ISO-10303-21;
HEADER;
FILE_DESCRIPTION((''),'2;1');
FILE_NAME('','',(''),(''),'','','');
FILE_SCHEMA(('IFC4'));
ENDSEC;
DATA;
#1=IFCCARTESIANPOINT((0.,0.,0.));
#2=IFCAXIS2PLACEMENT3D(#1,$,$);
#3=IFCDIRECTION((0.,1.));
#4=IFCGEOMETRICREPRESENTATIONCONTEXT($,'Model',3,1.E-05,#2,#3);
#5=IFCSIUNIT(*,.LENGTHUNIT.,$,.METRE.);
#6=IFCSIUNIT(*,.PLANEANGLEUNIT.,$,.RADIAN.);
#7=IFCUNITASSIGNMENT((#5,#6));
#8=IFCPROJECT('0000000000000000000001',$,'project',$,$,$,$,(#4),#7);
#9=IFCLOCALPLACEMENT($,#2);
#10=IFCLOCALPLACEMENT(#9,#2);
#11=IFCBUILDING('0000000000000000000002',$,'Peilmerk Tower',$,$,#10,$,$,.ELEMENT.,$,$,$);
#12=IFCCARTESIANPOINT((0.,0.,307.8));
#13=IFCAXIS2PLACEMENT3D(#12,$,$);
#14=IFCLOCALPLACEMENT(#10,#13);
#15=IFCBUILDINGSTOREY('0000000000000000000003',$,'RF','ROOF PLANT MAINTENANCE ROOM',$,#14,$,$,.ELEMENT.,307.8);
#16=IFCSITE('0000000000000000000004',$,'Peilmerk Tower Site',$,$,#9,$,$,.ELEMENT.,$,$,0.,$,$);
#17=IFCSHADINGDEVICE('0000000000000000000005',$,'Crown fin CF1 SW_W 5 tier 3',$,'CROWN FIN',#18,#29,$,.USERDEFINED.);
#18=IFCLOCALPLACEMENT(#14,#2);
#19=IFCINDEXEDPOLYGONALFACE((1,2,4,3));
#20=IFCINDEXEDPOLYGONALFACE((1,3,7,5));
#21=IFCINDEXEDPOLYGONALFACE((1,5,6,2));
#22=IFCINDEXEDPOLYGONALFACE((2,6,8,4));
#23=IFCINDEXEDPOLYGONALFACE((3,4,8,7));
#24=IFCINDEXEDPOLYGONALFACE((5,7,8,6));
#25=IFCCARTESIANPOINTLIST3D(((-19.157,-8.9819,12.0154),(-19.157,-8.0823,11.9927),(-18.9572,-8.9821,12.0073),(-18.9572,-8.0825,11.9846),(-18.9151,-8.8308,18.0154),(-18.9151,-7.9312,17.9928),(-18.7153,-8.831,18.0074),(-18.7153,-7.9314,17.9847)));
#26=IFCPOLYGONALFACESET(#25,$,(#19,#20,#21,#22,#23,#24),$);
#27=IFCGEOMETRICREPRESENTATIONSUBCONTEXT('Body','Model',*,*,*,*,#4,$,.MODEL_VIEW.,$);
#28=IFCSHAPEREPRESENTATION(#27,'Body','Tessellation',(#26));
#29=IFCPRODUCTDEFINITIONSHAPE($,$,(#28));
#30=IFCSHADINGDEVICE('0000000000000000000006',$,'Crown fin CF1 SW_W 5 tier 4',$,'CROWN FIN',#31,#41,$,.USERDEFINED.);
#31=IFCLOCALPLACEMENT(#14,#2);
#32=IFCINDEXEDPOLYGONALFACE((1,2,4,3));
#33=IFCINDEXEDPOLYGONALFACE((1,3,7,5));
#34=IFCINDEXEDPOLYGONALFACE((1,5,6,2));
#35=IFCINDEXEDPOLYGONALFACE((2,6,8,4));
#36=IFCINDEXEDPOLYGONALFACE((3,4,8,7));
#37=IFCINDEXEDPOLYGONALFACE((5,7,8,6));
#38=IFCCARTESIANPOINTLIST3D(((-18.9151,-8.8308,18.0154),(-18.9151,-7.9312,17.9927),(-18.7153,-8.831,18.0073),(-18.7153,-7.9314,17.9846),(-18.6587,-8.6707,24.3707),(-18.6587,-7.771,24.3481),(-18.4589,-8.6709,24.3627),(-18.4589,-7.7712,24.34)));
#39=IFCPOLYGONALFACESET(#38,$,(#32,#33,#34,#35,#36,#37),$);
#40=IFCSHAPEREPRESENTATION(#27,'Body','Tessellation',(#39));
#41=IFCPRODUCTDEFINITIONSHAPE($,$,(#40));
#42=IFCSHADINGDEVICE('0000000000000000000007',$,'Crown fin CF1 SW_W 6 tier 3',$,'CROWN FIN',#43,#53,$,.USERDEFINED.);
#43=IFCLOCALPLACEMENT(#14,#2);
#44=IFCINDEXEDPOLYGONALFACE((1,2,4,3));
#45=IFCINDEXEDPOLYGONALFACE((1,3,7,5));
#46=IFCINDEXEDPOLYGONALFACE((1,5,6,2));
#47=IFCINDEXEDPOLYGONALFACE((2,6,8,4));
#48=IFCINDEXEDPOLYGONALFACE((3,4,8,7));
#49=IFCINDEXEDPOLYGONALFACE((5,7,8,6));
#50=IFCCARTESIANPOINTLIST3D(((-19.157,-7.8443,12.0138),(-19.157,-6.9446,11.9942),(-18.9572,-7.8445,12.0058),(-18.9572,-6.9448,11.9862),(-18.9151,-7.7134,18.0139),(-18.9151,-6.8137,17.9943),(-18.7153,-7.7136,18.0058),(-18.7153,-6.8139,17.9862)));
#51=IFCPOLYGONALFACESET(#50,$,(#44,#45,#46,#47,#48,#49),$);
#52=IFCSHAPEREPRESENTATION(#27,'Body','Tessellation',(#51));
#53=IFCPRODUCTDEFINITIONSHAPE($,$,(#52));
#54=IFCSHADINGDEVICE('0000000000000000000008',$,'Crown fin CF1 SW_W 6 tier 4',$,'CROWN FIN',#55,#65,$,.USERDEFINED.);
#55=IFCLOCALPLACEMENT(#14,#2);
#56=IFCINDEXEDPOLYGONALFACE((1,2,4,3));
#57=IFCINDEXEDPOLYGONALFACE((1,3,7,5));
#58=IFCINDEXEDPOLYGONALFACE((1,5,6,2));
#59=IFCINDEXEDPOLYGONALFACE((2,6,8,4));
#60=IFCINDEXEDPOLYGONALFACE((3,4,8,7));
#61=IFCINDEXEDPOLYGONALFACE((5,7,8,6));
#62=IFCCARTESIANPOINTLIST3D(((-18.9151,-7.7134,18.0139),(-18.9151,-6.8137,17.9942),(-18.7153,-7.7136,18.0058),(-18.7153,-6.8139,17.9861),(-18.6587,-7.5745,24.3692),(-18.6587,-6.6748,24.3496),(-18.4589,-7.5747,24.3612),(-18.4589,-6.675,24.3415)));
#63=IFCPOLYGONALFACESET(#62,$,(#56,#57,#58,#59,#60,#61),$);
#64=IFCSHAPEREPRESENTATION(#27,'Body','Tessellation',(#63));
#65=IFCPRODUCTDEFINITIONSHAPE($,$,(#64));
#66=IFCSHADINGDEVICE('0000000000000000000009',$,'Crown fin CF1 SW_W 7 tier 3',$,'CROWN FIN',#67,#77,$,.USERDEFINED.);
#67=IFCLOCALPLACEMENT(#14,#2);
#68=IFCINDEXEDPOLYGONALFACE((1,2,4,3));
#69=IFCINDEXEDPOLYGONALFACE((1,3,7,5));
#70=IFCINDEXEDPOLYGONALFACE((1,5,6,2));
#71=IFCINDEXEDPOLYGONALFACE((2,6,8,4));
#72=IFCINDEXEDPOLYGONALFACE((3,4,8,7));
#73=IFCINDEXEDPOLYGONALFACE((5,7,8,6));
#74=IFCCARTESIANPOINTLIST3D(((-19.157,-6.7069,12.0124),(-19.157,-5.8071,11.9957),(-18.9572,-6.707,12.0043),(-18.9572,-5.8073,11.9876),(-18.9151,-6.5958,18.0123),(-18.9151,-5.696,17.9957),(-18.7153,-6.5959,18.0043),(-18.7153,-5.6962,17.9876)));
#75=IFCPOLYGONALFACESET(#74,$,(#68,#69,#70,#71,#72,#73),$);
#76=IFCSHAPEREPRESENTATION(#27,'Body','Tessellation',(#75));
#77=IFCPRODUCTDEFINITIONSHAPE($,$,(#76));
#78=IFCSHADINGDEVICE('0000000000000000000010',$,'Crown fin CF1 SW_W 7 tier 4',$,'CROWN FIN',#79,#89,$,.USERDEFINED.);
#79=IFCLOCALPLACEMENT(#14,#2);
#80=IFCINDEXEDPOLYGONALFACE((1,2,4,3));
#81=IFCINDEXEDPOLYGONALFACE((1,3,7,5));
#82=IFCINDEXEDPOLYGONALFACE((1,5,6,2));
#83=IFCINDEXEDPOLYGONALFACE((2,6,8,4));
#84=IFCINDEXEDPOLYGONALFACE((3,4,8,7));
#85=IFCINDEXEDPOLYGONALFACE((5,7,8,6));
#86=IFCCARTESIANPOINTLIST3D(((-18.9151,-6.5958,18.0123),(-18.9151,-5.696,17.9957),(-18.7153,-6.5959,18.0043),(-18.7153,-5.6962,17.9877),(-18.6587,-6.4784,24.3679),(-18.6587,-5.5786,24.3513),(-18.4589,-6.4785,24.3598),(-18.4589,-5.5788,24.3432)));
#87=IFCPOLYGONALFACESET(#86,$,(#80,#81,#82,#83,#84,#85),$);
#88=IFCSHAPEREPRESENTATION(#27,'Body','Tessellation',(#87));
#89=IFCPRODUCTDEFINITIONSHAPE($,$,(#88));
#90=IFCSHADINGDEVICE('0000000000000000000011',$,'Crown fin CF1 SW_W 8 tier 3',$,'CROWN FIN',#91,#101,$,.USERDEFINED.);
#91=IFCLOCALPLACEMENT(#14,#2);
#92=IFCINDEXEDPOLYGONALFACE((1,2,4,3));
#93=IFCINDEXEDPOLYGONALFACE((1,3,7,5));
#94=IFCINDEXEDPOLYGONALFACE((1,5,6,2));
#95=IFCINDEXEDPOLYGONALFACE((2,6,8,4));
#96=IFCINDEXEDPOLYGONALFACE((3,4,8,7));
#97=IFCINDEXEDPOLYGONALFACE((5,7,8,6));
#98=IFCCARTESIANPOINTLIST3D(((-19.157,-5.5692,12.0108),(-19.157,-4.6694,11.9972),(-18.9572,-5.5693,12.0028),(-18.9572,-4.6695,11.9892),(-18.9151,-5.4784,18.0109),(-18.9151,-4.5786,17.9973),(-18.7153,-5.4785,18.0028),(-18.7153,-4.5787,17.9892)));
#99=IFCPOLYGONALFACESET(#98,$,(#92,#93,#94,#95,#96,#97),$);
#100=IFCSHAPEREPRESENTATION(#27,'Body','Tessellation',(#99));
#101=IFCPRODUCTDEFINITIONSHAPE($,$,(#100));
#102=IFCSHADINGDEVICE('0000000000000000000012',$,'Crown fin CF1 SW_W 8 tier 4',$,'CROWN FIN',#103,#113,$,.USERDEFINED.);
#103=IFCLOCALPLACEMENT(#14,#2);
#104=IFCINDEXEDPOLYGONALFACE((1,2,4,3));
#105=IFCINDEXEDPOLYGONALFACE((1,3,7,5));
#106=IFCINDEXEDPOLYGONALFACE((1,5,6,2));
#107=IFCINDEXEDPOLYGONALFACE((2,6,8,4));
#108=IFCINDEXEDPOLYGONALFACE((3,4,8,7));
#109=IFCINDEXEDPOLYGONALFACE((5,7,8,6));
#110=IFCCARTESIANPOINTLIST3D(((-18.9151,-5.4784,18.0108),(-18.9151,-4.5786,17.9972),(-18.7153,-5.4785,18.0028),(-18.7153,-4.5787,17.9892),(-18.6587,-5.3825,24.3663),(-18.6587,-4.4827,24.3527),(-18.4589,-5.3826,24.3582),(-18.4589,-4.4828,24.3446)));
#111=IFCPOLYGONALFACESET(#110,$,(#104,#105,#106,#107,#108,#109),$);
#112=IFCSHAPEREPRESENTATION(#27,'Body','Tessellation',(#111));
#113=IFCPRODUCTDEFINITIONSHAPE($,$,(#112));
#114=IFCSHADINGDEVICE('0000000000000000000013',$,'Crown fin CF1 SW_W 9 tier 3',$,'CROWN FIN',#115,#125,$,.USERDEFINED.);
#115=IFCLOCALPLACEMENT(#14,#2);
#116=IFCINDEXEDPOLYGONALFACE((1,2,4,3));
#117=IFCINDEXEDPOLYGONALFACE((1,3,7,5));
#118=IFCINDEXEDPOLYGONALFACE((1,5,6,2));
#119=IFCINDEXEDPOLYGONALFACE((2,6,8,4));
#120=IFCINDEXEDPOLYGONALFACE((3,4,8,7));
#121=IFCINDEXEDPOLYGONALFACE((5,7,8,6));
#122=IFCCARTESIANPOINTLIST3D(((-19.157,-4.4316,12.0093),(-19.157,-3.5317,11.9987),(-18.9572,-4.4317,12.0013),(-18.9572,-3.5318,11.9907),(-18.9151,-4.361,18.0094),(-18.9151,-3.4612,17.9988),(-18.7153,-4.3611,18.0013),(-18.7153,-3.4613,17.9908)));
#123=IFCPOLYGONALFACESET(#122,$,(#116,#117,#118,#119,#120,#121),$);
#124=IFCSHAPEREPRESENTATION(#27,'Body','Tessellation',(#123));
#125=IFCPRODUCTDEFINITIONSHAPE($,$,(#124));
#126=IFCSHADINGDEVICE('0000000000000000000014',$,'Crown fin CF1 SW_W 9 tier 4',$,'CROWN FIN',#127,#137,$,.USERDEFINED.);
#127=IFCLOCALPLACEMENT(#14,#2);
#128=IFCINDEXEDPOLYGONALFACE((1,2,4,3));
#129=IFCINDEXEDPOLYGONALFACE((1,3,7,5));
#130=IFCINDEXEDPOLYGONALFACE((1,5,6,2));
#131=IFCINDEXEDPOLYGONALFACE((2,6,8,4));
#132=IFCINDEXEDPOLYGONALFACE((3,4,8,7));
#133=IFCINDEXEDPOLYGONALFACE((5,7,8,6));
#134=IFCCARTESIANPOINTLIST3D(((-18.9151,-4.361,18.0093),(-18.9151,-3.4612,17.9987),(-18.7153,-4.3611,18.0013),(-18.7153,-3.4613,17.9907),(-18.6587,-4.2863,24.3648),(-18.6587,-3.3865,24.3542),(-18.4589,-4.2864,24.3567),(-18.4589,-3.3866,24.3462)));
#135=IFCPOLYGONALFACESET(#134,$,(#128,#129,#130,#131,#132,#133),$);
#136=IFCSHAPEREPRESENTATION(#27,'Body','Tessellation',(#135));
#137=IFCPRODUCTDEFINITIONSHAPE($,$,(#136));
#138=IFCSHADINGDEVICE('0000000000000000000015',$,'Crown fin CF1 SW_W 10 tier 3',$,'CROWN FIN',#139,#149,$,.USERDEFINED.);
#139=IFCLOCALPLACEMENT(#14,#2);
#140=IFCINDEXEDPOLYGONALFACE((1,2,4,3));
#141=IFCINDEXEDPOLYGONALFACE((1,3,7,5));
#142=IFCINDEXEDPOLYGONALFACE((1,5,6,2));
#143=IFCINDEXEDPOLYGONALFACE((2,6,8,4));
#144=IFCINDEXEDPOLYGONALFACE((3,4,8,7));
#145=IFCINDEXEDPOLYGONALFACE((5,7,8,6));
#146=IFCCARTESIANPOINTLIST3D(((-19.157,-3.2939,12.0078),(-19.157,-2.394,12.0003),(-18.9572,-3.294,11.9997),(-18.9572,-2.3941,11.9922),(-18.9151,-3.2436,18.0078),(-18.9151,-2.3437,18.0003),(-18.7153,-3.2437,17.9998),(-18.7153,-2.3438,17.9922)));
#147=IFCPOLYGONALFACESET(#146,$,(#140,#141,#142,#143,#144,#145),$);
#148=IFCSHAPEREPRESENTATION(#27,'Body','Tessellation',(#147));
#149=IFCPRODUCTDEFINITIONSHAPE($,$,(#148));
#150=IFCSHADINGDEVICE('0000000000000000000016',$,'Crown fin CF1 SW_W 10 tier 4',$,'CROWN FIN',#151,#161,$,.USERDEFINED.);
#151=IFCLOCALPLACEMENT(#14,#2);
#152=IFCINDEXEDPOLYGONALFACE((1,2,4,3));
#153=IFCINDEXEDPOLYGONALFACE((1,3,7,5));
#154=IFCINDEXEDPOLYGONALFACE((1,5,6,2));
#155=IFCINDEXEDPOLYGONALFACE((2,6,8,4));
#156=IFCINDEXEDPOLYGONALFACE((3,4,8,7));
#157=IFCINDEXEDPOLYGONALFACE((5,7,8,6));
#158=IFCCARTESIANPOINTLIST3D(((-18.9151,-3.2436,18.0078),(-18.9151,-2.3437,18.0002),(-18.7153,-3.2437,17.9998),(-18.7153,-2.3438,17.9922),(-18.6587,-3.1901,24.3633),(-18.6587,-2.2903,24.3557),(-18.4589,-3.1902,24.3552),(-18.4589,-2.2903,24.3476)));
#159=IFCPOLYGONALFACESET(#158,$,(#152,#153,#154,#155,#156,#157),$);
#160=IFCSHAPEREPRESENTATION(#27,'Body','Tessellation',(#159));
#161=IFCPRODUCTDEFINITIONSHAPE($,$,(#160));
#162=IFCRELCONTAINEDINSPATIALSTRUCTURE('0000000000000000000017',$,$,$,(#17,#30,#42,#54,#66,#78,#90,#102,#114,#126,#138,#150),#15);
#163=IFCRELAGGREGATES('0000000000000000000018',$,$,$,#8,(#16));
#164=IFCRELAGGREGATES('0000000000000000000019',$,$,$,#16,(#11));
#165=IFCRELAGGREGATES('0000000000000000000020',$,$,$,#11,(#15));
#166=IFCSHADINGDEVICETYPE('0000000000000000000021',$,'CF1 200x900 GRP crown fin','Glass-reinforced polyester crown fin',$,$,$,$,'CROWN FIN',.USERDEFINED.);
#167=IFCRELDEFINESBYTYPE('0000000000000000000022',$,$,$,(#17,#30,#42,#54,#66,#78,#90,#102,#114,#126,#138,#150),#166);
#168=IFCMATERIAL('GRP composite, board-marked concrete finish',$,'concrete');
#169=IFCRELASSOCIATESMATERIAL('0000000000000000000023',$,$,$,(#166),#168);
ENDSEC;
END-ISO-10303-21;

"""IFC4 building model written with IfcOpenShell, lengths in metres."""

from ifc_helpers import new_model, si_unit, direction, frame, origin, origin_2d, place, context, subcontext, project, spatial, rectangle, extrude, source, transform, mapped, material, material_profile, profile_set, type_object, element, save


model = new_model("IFC4")

# Units and contexts
model_context = context("Model", 3, precision=1e-05, world=origin(), true_north=direction((0.0, 1.0)))
body_context = subcontext(model_context, "Body", "Model", "MODEL_VIEW")
ifc_project = project(units=[si_unit("LENGTHUNIT", "METRE"), si_unit("PLANEANGLEUNIT", "RADIAN")], contexts=[model_context])

# Site, building, storey
site_placement = place(None, origin())
site = spatial("IfcSite", under=ifc_project, at=site_placement, Name="Peilmerk Tower Site", CompositionType="ELEMENT", RefElevation=0.0)
building_placement = place(site_placement, origin())
building = spatial("IfcBuilding", under=site, at=building_placement, Name="Peilmerk Tower", CompositionType="ELEMENT")
storey_placement = place(building_placement, frame((0.0, 0.0, 307.8)))
storey = spatial("IfcBuildingStorey", under=building, at=storey_placement, Name="RF", Description="ROOF PLANT MAINTENANCE ROOM", CompositionType="ELEMENT", Elevation=307.8)

# Shading devices
ifc_material_1 = material(Name="GRP composite, board-marked concrete finish", Category="concrete")
ifc_material_profile = material_profile(ifc_material_1, rectangle(XDim=0.2, YDim=0.8999, at=origin_2d()), Name="CF1 200x900")
ifc_profile_set = profile_set([ifc_material_profile], Name="GRP composite, board-marked concrete finish")
shading_device_type = type_object("IfcShadingDeviceType", Name="CF1 200x900 GRP crown fin", Description="Glass-reinforced polyester crown fin", ElementType="CROWN FIN", PredefinedType="USERDEFINED", material=ifc_profile_set)
shared_shape_1 = source(origin(), body_context, "Body", "SweptSolid", [
    extrude(rectangle(XDim=0.2, YDim=0.8999, at=origin_2d()), origin(), (0.0, 0.0, 1.0), 6.0068),
])
shading_device_1_placement = place(storey_placement, frame((-19.0571, -8.5322, 12.0), z_axis=(0.040278, 0.025159, 0.998872), x_axis=(-0.999188, 0.001014, 0.040266)))
element("IfcShadingDevice", 1, at=shading_device_1_placement, inside=storey, type_object=shading_device_type, Name="Crown fin CF1 SW_W 5 tier 3", ObjectType="CROWN FIN", PredefinedType="USERDEFINED", context=body_context, shape_type="MappedRepresentation", body=[
    mapped(shared_shape_1, transform((0.0, 0.0, 0.0), scale=1.0)),
])
shared_shape_2 = source(origin(), body_context, "Body", "SweptSolid", [
    extrude(rectangle(XDim=0.2, YDim=0.8999, at=origin_2d()), origin(), (0.0, 0.0, 1.0), 6.3625),
])
shading_device_2_placement = place(storey_placement, frame((-18.8152, -8.3811, 18.0), z_axis=(0.040289, 0.025171, 0.998871), x_axis=(-0.999188, 0.001015, 0.040277)))
element("IfcShadingDevice", 2, at=shading_device_2_placement, inside=storey, type_object=shading_device_type, Name="Crown fin CF1 SW_W 5 tier 4", ObjectType="CROWN FIN", PredefinedType="USERDEFINED", context=body_context, shape_type="MappedRepresentation", body=[
    mapped(shared_shape_2, transform((0.0, 0.0, 0.0), scale=1.0)),
])
shared_shape_3 = source(origin(), body_context, "Body", "SweptSolid", [
    extrude(rectangle(XDim=0.2, YDim=0.8999, at=origin_2d()), origin(), (0.0, 0.0, 1.0), 6.0063),
])
shading_device_3_placement = place(storey_placement, frame((-19.0571, -7.3945, 12.0), z_axis=(0.040282, 0.021787, 0.998951), x_axis=(-0.999188, 0.000878, 0.040272)))
element("IfcShadingDevice", 3, at=shading_device_3_placement, inside=storey, type_object=shading_device_type, Name="Crown fin CF1 SW_W 6 tier 3", ObjectType="CROWN FIN", PredefinedType="USERDEFINED", context=body_context, shape_type="MappedRepresentation", body=[
    mapped(shared_shape_3, transform((0.0, 0.0, 0.0), scale=1.0)),
])
shared_shape_4 = source(origin(), body_context, "Body", "SweptSolid", [
    extrude(rectangle(XDim=0.2, YDim=0.8999, at=origin_2d()), origin(), (0.0, 0.0, 1.0), 6.3621),
])
shading_device_4_placement = place(storey_placement, frame((-18.8152, -7.2637, 18.0), z_axis=(0.040293, 0.021835, 0.998949), x_axis=(-0.999188, 0.00088, 0.040283)))
element("IfcShadingDevice", 4, at=shading_device_4_placement, inside=storey, type_object=shading_device_type, Name="Crown fin CF1 SW_W 6 tier 4", ObjectType="CROWN FIN", PredefinedType="USERDEFINED", context=body_context, shape_type="MappedRepresentation", body=[
    mapped(shared_shape_4, transform((0.0, 0.0, 0.0), scale=1.0)),
])
shared_shape_5 = source(origin(), body_context, "Body", "SweptSolid", [
    extrude(rectangle(XDim=0.2, YDim=0.8999, at=origin_2d()), origin(), (0.0, 0.0, 1.0), 6.0059),
])
shading_device_5_placement = place(storey_placement, frame((-19.0571, -6.2571, 12.0), z_axis=(0.040284, 0.018496, 0.999017), x_axis=(-0.999188, 0.000746, 0.040277)))
element("IfcShadingDevice", 5, at=shading_device_5_placement, inside=storey, type_object=shading_device_type, Name="Crown fin CF1 SW_W 7 tier 3", ObjectType="CROWN FIN", PredefinedType="USERDEFINED", context=body_context, shape_type="MappedRepresentation", body=[
    mapped(shared_shape_5, transform((0.0, 0.0, 0.0), scale=1.0)),
])
shared_shape_6 = source(origin(), body_context, "Body", "SweptSolid", [
    extrude(rectangle(XDim=0.2, YDim=0.8999, at=origin_2d()), origin(), (0.0, 0.0, 1.0), 6.3618),
])
shading_device_6_placement = place(storey_placement, frame((-18.8152, -6.146, 18.0), z_axis=(0.040295, 0.018459, 0.999017), x_axis=(-0.999188, 0.000744, 0.040288)))
element("IfcShadingDevice", 6, at=shading_device_6_placement, inside=storey, type_object=shading_device_type, Name="Crown fin CF1 SW_W 7 tier 4", ObjectType="CROWN FIN", PredefinedType="USERDEFINED", context=body_context, shape_type="MappedRepresentation", body=[
    mapped(shared_shape_6, transform((0.0, 0.0, 0.0), scale=1.0)),
])
shared_shape_7 = source(origin(), body_context, "Body", "SweptSolid", [
    extrude(rectangle(XDim=0.2, YDim=0.8999, at=origin_2d()), origin(), (0.0, 0.0, 1.0), 6.0056),
])
shading_device_7_placement = place(storey_placement, frame((-19.0571, -5.1194, 12.0), z_axis=(0.040287, 0.015123, 0.999074), x_axis=(-0.999188, 0.00061, 0.040282)))
element("IfcShadingDevice", 7, at=shading_device_7_placement, inside=storey, type_object=shading_device_type, Name="Crown fin CF1 SW_W 8 tier 3", ObjectType="CROWN FIN", PredefinedType="USERDEFINED", context=body_context, shape_type="MappedRepresentation", body=[
    mapped(shared_shape_7, transform((0.0, 0.0, 0.0), scale=1.0)),
])
shared_shape_8 = source(origin(), body_context, "Body", "SweptSolid", [
    extrude(rectangle(XDim=0.2, YDim=0.8999, at=origin_2d()), origin(), (0.0, 0.0, 1.0), 6.3613),
])
shading_device_8_placement = place(storey_placement, frame((-18.8152, -5.0286, 18.0), z_axis=(0.040298, 0.015083, 0.999074), x_axis=(-0.999188, 0.000608, 0.040293)))
element("IfcShadingDevice", 8, at=shading_device_8_placement, inside=storey, type_object=shading_device_type, Name="Crown fin CF1 SW_W 8 tier 4", ObjectType="CROWN FIN", PredefinedType="USERDEFINED", context=body_context, shape_type="MappedRepresentation", body=[
    mapped(shared_shape_8, transform((0.0, 0.0, 0.0), scale=1.0)),
])
shared_shape_9 = source(origin(), body_context, "Body", "SweptSolid", [
    extrude(rectangle(XDim=0.2, YDim=0.8999, at=origin_2d()), origin(), (0.0, 0.0, 1.0), 6.0054),
])
shading_device_9_placement = place(storey_placement, frame((-19.0571, -3.9817, 12.0), z_axis=(0.040288, 0.011749, 0.999119), x_axis=(-0.999188, 0.000474, 0.040286)))
element("IfcShadingDevice", 9, at=shading_device_9_placement, inside=storey, type_object=shading_device_type, Name="Crown fin CF1 SW_W 9 tier 3", ObjectType="CROWN FIN", PredefinedType="USERDEFINED", context=body_context, shape_type="MappedRepresentation", body=[
    mapped(shared_shape_9, transform((0.0, 0.0, 0.0), scale=1.0)),
])
shared_shape_10 = source(origin(), body_context, "Body", "SweptSolid", [
    extrude(rectangle(XDim=0.2, YDim=0.8999, at=origin_2d()), origin(), (0.0, 0.0, 1.0), 6.3611),
])
shading_device_10_placement = place(storey_placement, frame((-18.8152, -3.9111, 18.0), z_axis=(0.040299, 0.011744, 0.999119), x_axis=(-0.999188, 0.000474, 0.040297)))
element("IfcShadingDevice", 10, at=shading_device_10_placement, inside=storey, type_object=shading_device_type, Name="Crown fin CF1 SW_W 9 tier 4", ObjectType="CROWN FIN", PredefinedType="USERDEFINED", context=body_context, shape_type="MappedRepresentation", body=[
    mapped(shared_shape_10, transform((0.0, 0.0, 0.0), scale=1.0)),
])
shared_shape_11 = source(origin(), body_context, "Body", "SweptSolid", [
    extrude(rectangle(XDim=0.2, YDim=0.8999, at=origin_2d()), origin(), (0.0, 0.0, 1.0), 6.0051),
])
shading_device_11_placement = place(storey_placement, frame((-19.0571, -2.844, 12.0), z_axis=(0.04029, 0.008375, 0.999153), x_axis=(-0.999188, 0.000338, 0.040288)))
element("IfcShadingDevice", 11, at=shading_device_11_placement, inside=storey, type_object=shading_device_type, Name="Crown fin CF1 SW_W 10 tier 3", ObjectType="CROWN FIN", PredefinedType="USERDEFINED", context=body_context, shape_type="MappedRepresentation", body=[
    mapped(shared_shape_11, transform((0.0, 0.0, 0.0), scale=1.0)),
])
shared_shape_12 = source(origin(), body_context, "Body", "SweptSolid", [
    extrude(rectangle(XDim=0.2, YDim=0.8999, at=origin_2d()), origin(), (0.0, 0.0, 1.0), 6.3608),
])
shading_device_12_placement = place(storey_placement, frame((-18.8152, -2.7937, 18.0), z_axis=(0.040301, 0.008406, 0.999152), x_axis=(-0.999188, 0.000339, 0.040299)))
element("IfcShadingDevice", 12, at=shading_device_12_placement, inside=storey, type_object=shading_device_type, Name="Crown fin CF1 SW_W 10 tier 4", ObjectType="CROWN FIN", PredefinedType="USERDEFINED", context=body_context, shape_type="MappedRepresentation", body=[
    mapped(shared_shape_12, transform((0.0, 0.0, 0.0), scale=1.0)),
])

save(model, "model.ifc")
